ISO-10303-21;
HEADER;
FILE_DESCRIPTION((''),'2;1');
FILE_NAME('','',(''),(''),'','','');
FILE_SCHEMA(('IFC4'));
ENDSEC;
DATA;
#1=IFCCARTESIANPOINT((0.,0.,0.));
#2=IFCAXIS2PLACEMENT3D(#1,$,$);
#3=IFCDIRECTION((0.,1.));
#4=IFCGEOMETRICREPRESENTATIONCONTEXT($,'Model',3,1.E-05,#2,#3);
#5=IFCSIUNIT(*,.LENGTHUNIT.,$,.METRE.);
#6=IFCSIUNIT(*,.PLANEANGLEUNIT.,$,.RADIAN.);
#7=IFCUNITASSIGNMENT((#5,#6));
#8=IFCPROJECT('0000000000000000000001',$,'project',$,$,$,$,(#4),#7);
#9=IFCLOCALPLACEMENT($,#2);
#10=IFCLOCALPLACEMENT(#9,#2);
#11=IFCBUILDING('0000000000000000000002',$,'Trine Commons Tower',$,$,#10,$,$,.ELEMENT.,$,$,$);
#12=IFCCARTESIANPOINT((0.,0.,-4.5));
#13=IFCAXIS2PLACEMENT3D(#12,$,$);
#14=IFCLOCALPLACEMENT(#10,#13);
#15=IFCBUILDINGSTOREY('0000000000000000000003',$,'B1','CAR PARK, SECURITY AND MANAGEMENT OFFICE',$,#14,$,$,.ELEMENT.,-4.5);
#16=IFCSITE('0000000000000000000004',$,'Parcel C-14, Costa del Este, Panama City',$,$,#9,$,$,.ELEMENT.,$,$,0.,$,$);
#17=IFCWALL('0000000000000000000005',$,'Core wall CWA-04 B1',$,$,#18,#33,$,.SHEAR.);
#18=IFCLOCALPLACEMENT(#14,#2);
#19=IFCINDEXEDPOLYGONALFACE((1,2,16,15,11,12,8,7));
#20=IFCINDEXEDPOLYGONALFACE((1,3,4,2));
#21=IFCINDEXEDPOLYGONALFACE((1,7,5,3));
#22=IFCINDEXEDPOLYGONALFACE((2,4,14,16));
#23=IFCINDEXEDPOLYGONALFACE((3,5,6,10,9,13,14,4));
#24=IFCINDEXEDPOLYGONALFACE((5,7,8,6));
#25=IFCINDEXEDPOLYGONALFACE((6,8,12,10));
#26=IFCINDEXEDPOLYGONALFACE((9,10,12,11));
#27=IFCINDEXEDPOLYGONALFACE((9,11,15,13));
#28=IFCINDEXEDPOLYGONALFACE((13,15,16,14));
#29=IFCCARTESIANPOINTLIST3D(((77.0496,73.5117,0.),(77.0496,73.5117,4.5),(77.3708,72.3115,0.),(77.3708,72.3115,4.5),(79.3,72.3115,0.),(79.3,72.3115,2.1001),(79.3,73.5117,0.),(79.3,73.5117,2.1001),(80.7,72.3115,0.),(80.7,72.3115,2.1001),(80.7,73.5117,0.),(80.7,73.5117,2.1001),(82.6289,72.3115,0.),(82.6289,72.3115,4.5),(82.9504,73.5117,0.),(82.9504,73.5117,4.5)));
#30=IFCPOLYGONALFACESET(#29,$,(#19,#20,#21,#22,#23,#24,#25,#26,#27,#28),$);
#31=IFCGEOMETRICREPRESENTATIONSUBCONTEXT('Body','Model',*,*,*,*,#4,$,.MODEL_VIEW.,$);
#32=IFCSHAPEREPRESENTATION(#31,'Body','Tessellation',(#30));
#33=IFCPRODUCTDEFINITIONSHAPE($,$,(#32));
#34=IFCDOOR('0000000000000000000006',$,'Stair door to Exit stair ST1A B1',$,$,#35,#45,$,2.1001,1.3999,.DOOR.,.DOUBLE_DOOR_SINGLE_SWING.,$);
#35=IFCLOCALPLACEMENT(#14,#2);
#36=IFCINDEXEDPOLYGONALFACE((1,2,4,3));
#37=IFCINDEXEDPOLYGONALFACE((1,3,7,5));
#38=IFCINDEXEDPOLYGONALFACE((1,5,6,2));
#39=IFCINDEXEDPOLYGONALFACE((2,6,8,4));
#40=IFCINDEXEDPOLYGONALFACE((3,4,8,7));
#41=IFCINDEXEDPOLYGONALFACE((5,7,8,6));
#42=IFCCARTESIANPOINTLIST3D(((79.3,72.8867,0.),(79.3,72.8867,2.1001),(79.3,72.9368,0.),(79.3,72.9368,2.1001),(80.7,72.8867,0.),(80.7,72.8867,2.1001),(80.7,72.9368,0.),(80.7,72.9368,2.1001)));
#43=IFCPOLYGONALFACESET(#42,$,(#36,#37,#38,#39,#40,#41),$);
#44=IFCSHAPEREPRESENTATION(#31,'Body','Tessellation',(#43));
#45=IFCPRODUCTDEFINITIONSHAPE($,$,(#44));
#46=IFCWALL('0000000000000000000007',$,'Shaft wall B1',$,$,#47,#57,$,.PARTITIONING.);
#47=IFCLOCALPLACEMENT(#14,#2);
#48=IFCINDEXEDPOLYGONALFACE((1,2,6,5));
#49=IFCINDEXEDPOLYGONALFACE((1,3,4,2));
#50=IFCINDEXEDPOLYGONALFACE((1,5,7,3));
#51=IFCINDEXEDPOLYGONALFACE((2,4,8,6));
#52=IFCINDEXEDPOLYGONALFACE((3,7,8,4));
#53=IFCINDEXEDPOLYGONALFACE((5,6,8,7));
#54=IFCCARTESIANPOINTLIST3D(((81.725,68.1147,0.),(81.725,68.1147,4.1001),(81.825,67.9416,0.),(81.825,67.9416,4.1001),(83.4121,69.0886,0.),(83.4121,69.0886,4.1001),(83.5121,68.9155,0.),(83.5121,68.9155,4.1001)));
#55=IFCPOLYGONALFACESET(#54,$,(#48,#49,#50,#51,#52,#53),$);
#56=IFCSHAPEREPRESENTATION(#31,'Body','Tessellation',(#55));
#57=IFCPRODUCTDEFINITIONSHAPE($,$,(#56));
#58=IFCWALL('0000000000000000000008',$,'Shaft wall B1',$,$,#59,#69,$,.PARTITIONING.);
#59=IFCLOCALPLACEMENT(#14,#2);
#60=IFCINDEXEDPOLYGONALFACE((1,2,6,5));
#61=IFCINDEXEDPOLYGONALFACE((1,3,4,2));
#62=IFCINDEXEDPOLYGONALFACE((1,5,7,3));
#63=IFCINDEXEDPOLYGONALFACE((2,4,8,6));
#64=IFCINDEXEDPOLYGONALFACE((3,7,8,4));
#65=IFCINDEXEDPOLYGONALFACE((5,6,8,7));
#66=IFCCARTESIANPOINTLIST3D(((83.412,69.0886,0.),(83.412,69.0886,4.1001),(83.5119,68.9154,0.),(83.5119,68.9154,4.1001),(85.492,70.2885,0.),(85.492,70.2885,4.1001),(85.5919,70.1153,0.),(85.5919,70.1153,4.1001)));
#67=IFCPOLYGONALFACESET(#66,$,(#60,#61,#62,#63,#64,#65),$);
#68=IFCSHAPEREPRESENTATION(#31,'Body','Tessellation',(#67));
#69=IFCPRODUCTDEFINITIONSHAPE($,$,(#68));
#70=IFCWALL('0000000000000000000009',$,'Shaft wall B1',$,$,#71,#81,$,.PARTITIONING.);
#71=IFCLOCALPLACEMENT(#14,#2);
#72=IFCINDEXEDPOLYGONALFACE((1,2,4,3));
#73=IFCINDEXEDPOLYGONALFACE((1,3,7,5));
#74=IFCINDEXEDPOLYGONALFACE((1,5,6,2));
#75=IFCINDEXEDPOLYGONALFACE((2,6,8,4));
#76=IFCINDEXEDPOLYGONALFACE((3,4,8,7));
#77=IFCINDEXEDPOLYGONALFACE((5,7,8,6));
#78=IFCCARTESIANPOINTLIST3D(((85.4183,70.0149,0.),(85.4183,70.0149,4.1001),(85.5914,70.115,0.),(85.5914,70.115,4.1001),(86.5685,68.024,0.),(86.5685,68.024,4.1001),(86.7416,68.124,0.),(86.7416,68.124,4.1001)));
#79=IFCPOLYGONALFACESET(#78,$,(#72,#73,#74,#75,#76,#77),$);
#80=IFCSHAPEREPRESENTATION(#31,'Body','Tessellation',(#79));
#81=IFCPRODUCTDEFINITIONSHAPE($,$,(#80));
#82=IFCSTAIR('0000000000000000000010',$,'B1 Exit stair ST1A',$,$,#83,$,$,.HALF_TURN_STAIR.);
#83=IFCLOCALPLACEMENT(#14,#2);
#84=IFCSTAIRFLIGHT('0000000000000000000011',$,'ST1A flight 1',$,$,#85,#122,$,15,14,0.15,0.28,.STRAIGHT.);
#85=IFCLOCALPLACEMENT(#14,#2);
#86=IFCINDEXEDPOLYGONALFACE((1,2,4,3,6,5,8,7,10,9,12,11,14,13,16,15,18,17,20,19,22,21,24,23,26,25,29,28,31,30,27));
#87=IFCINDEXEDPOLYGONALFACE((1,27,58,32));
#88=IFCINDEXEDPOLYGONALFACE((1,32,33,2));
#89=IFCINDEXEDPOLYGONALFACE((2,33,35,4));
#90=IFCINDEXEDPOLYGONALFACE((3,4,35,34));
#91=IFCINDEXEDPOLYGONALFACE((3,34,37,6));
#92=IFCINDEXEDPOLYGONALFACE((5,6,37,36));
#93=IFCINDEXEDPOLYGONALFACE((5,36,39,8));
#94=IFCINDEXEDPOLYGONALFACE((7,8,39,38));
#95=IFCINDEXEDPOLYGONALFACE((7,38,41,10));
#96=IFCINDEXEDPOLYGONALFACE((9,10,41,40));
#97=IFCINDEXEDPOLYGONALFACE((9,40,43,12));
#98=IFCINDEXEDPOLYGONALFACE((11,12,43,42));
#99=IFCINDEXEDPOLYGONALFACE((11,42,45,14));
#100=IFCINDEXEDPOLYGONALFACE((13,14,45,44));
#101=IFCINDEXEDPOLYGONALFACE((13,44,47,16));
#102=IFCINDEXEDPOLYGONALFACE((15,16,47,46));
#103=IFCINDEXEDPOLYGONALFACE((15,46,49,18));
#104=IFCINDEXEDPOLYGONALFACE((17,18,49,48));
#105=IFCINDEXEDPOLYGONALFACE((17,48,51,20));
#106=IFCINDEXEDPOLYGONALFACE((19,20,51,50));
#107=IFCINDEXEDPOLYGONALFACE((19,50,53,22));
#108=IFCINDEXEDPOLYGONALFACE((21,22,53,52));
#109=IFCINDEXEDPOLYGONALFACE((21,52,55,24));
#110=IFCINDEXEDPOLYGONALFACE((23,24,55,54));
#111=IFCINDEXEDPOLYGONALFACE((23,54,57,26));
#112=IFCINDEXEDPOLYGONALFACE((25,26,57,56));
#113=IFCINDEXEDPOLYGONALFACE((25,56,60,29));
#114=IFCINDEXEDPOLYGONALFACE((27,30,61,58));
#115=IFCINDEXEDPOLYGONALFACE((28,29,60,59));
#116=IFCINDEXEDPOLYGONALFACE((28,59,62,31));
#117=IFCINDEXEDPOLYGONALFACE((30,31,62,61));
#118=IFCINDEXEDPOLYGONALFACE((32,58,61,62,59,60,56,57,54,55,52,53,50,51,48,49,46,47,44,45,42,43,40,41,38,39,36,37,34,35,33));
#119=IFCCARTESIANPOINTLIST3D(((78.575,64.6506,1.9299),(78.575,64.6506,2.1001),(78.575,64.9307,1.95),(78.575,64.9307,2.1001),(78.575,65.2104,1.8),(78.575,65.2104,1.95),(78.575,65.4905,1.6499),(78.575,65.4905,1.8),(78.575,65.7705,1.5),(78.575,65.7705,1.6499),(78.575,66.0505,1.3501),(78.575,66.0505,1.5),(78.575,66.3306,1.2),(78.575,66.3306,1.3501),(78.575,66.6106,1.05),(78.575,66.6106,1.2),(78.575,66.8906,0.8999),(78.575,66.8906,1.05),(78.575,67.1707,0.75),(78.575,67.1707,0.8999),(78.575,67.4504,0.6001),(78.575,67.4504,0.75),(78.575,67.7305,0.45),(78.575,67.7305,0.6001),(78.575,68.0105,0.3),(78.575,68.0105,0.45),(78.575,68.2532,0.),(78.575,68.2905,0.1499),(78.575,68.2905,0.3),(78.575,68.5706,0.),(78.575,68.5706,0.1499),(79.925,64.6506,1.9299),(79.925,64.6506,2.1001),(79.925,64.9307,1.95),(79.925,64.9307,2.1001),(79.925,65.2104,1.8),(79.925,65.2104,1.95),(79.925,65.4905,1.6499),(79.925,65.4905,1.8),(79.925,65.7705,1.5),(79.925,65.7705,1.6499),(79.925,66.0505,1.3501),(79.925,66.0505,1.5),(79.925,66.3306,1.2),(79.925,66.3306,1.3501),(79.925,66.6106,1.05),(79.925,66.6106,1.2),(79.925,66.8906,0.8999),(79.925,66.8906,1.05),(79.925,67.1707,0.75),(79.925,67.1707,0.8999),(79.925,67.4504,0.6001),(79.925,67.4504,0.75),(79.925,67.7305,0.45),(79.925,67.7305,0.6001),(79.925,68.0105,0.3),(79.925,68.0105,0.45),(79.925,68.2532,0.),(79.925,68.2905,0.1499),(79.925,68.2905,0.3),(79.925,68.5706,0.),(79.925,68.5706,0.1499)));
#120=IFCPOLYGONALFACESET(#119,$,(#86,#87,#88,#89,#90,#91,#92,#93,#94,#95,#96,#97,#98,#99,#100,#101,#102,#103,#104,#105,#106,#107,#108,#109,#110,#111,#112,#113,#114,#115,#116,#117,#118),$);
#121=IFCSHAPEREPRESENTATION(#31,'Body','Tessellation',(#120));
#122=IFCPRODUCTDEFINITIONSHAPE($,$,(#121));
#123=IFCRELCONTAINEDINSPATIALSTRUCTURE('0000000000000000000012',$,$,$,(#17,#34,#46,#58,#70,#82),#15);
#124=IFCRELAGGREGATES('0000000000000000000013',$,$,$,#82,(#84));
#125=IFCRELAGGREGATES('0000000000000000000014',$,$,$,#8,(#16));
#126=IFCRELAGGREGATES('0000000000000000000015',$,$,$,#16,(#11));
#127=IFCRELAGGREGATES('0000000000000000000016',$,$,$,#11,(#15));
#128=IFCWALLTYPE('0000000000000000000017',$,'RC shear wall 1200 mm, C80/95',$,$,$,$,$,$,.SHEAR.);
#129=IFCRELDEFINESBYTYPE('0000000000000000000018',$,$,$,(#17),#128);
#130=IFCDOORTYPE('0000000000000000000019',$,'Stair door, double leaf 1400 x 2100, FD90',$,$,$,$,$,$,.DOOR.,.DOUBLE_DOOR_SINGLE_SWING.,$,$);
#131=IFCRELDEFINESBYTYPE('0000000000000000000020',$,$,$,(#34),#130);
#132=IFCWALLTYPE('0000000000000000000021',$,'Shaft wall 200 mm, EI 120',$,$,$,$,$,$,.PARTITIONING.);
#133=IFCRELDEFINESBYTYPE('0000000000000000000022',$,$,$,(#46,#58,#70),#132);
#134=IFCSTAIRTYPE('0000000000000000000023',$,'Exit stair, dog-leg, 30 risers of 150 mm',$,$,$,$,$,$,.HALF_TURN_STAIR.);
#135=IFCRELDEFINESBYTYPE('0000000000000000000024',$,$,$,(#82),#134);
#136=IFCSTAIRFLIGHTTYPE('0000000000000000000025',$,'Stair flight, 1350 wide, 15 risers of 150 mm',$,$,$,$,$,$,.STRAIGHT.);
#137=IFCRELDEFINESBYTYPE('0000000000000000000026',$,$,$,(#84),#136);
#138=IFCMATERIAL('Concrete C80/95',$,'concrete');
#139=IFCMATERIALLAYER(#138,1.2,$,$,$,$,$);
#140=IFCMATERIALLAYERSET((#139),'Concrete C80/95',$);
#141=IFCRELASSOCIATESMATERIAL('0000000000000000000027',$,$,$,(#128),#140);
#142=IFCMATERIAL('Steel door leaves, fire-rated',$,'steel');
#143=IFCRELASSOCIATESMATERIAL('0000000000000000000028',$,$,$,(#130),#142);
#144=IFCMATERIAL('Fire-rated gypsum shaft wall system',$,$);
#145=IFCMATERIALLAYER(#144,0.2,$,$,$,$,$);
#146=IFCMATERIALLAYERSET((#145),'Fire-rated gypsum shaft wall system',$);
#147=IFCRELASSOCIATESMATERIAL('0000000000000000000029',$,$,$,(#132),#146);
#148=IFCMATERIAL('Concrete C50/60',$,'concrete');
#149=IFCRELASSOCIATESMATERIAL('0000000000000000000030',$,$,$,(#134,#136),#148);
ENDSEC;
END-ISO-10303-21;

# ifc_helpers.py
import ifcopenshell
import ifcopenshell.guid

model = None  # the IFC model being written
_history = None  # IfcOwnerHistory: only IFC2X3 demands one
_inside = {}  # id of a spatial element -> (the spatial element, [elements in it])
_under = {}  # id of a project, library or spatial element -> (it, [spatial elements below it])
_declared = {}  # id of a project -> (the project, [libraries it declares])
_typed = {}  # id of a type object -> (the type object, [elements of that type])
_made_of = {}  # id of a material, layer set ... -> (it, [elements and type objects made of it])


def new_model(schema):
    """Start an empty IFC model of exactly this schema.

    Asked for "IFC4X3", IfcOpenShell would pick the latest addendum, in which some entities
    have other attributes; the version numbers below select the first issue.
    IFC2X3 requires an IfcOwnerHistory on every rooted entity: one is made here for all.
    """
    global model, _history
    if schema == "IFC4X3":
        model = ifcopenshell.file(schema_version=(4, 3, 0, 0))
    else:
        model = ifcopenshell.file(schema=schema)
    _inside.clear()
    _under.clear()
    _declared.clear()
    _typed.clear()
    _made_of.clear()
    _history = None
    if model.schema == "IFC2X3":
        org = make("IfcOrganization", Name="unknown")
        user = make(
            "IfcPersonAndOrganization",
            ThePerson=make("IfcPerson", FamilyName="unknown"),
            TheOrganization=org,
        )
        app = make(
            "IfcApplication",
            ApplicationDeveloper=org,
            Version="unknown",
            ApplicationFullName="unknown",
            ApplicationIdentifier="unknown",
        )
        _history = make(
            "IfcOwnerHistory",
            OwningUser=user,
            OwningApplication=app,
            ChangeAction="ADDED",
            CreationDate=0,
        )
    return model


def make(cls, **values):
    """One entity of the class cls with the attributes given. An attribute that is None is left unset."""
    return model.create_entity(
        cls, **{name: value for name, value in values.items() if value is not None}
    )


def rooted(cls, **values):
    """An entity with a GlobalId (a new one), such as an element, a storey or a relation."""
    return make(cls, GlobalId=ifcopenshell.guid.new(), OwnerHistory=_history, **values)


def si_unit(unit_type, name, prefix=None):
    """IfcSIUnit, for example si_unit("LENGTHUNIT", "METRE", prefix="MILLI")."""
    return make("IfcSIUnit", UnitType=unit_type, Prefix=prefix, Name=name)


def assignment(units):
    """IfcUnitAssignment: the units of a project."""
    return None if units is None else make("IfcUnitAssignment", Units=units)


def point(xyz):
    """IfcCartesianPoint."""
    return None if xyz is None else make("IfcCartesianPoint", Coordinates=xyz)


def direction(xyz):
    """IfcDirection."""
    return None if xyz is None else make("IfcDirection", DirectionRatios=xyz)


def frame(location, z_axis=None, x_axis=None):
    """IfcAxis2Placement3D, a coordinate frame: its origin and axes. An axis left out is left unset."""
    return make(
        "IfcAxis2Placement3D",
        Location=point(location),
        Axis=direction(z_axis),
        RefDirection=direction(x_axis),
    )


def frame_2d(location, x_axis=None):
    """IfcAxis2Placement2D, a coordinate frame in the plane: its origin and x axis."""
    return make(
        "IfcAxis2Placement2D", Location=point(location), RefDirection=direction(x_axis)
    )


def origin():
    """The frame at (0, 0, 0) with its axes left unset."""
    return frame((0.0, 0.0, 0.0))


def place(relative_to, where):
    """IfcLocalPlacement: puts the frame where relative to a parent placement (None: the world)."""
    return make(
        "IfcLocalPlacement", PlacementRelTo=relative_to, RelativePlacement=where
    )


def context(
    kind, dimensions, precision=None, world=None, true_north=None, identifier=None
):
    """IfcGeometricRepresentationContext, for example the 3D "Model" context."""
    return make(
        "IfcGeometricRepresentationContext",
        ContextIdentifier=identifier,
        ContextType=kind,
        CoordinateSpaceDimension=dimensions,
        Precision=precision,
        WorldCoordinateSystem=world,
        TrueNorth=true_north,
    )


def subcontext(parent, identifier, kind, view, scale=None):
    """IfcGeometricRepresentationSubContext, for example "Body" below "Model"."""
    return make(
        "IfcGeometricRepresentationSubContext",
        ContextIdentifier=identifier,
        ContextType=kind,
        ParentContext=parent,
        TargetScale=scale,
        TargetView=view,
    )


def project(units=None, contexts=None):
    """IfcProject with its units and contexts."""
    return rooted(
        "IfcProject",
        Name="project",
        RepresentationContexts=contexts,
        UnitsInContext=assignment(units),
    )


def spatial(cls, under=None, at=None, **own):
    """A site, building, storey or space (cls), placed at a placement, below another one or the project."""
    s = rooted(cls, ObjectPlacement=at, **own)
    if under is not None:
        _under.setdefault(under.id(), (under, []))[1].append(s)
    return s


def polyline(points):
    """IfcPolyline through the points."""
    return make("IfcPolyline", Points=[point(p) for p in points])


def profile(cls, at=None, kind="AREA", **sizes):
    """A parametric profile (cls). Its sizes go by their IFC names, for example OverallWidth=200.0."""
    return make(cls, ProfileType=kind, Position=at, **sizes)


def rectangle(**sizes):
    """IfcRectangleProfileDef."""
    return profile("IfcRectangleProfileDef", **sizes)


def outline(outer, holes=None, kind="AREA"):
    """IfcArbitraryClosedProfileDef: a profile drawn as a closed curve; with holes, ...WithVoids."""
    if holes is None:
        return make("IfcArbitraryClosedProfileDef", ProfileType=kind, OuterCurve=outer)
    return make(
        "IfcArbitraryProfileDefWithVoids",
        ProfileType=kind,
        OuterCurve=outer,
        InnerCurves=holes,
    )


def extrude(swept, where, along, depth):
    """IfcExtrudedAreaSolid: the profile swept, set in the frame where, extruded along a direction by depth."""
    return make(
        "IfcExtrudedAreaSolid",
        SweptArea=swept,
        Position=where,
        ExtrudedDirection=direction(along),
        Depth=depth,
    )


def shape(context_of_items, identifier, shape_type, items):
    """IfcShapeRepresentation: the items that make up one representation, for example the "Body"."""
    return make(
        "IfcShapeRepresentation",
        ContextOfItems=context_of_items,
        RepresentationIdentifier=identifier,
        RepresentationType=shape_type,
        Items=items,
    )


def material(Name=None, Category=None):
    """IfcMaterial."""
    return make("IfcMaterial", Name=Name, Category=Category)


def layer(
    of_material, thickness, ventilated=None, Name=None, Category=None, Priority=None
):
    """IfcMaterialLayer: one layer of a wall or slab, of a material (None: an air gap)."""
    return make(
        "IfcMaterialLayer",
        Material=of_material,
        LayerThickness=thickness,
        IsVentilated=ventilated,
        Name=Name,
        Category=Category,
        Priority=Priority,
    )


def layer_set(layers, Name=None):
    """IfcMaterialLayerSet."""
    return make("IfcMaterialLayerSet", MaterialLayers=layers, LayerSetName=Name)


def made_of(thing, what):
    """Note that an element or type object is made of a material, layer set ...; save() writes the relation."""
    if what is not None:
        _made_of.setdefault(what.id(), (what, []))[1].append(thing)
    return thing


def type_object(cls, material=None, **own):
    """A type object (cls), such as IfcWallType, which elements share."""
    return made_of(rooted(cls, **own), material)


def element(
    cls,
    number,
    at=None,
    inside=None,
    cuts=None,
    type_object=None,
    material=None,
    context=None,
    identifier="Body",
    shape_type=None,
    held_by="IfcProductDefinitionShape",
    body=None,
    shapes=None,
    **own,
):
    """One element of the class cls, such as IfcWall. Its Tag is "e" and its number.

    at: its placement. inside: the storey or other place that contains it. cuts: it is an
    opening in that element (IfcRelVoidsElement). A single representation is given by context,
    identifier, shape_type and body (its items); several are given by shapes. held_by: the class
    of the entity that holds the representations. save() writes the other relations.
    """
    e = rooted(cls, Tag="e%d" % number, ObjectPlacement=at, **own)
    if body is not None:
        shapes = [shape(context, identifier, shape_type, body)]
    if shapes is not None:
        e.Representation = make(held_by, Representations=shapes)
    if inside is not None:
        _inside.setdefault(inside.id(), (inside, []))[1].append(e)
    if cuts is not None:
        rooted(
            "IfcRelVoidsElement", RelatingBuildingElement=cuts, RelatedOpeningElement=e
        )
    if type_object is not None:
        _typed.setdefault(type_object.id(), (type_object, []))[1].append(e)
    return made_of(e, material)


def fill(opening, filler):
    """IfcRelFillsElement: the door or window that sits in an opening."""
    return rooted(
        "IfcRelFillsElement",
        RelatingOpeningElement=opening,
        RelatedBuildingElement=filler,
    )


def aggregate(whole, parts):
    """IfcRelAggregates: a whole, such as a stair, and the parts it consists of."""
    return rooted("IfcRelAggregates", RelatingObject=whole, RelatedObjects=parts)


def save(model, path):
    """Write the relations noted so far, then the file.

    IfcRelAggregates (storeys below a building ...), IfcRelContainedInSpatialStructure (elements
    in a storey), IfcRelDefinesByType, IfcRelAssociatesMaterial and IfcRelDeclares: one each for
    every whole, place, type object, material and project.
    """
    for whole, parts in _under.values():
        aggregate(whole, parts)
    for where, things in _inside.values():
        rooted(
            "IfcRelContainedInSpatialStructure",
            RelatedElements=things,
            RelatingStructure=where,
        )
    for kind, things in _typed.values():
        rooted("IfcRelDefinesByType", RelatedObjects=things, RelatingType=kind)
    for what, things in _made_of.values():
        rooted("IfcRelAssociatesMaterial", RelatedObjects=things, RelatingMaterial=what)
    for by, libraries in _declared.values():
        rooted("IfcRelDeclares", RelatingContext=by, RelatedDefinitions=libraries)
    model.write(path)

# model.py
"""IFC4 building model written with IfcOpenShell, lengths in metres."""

from ifc_helpers import new_model, si_unit, direction, frame, frame_2d, origin, place, context, subcontext, project, spatial, polyline, rectangle, outline, extrude, material, layer, layer_set, type_object, element, fill, aggregate, save


model = new_model("IFC4")

# Units and contexts
model_context = context("Model", 3, precision=1e-05, world=origin(), true_north=direction((0.0, 1.0)))
body_context = subcontext(model_context, "Body", "Model", "MODEL_VIEW")
ifc_project = project(units=[si_unit("LENGTHUNIT", "METRE"), si_unit("PLANEANGLEUNIT", "RADIAN")], contexts=[model_context])

# Site, building, storey
site_placement = place(None, origin())
site = spatial("IfcSite", under=ifc_project, at=site_placement, Name="Parcel C-14, Costa del Este, Panama City", CompositionType="ELEMENT", RefElevation=0.0)
building_placement = place(site_placement, origin())
building = spatial("IfcBuilding", under=site, at=building_placement, Name="Trine Commons Tower", CompositionType="ELEMENT")
storey_placement = place(building_placement, frame((0.0, 0.0, -4.5)))
storey = spatial("IfcBuildingStorey", under=building, at=storey_placement, Name="B1", Description="CAR PARK, SECURITY AND MANAGEMENT OFFICE", CompositionType="ELEMENT", Elevation=-4.5)

# Shared definitions
ifc_material_1 = material(Name="Concrete C50/60", Category="concrete")
ifc_material_2 = material(Name="Concrete C80/95", Category="concrete")

# Wall, opening, door
ifc_layer_1 = layer(ifc_material_2, 1.2)
ifc_layer_set_1 = layer_set([ifc_layer_1], Name="Concrete C80/95")
wall_type_1 = type_object("IfcWallType", Name="RC shear wall 1200 mm, C80/95", PredefinedType="SHEAR", material=ifc_layer_set_1)
wall_1_placement = place(storey_placement, frame((82.9504, 72.9116, 0.0), z_axis=(0.0, 0.0, 1.0), x_axis=(-1.0, 0.0, 0.0)))
wall_1 = element("IfcWall", 1, at=wall_1_placement, inside=storey, type_object=wall_type_1, Name="Core wall CWA-04 B1", PredefinedType="SHEAR", context=body_context, shape_type="SweptSolid", body=[
    extrude(outline(polyline([(0.0, -0.6001), (5.9009, -0.6001), (5.5796, 0.6001), (0.3215, 0.6001), (0.0, -0.6001)])), origin(), (0.0, 0.0, 1.0), 4.5),
])
opening_1_placement = place(wall_1_placement, frame((2.2505, 0.0, 0.0)))
opening_1 = element("IfcOpeningElement", 2, at=opening_1_placement, cuts=wall_1, PredefinedType="OPENING", context=body_context, shape_type="SweptSolid", body=[
    extrude(rectangle(XDim=1.3999, YDim=2.1001, at=frame_2d((0.7, 1.05))), frame((0.0, 0.6099, 0.0), z_axis=(0.0, -1.0, 0.0), x_axis=(1.0, 0.0, 0.0)), (0.0, 0.0, 1.0), 1.22),
])
ifc_material_3 = material(Name="Steel door leaves, fire-rated", Category="steel")
door_type_1 = type_object("IfcDoorType", Name="Stair door, double leaf 1400 x 2100, FD90", OperationType="DOUBLE_DOOR_SINGLE_SWING", PredefinedType="DOOR", material=ifc_material_3)
door_1_placement = place(opening_1_placement, origin())
door_1 = element("IfcDoor", 3, at=door_1_placement, inside=storey, type_object=door_type_1, Name="Stair door to Exit stair ST1A B1", OperationType="DOUBLE_DOOR_SINGLE_SWING", OverallHeight=2.1001, OverallWidth=1.3999, PredefinedType="DOOR", context=body_context, shape_type="SweptSolid", body=[
    extrude(rectangle(XDim=1.3999, YDim=2.1001, at=frame_2d((0.7, 1.05))), frame((0.0, 0.0249, 0.0), z_axis=(0.0, -1.0, 0.0), x_axis=(1.0, 0.0, 0.0)), (0.0, 0.0, 1.0), 0.05),
])
fill(opening_1, door_1)

# Walls
ifc_material_4 = material(Name="Fire-rated gypsum shaft wall system")
ifc_layer_2 = layer(ifc_material_4, 0.2)
ifc_layer_set_2 = layer_set([ifc_layer_2], Name="Fire-rated gypsum shaft wall system")
wall_type_2 = type_object("IfcWallType", Name="Shaft wall 200 mm, EI 120", PredefinedType="PARTITIONING", material=ifc_layer_set_2)
wall_2_placement = place(storey_placement, frame((81.7749, 68.0281, 0.0), z_axis=(0.0, 0.0, 1.0), x_axis=(0.866052, 0.499954, 0.0)))
element("IfcWall", 4, at=wall_2_placement, inside=storey, type_object=wall_type_2, Name="Shaft wall B1", PredefinedType="PARTITIONING", context=body_context, shape_type="SweptSolid", body=[
    extrude(rectangle(XDim=1.948, YDim=0.2, at=frame_2d((0.9741, 0.0))), origin(), (0.0, 0.0, 1.0), 4.1001),
])
wall_3_placement = place(storey_placement, frame((83.4619, 69.002, 0.0), z_axis=(0.0, 0.0, 1.0), x_axis=(0.866203, 0.499693, 0.0)))
element("IfcWall", 5, at=wall_3_placement, inside=storey, type_object=wall_type_2, Name="Shaft wall B1", PredefinedType="PARTITIONING", context=body_context, shape_type="SweptSolid", body=[
    extrude(rectangle(XDim=2.4014, YDim=0.2, at=frame_2d((1.2007, 0.0))), origin(), (0.0, 0.0, 1.0), 4.1001),
])
wall_4_placement = place(storey_placement, frame((86.655, 68.074, 0.0), z_axis=(0.0, 0.0, 1.0), x_axis=(-0.500216, 0.865901, 0.0)))
element("IfcWall", 6, at=wall_4_placement, inside=storey, type_object=wall_type_2, Name="Shaft wall B1", PredefinedType="PARTITIONING", context=body_context, shape_type="SweptSolid", body=[
    extrude(rectangle(XDim=2.2993, YDim=0.2, at=frame_2d((1.1497, 0.0))), origin(), (0.0, 0.0, 1.0), 4.1001),
])

# Stair, stair flight
stair_type = type_object("IfcStairType", Name="Exit stair, dog-leg, 30 risers of 150 mm", PredefinedType="HALF_TURN_STAIR", material=ifc_material_1)
stair_placement = place(storey_placement, origin())
stair = element("IfcStair", 7, at=stair_placement, inside=storey, type_object=stair_type, Name="B1 Exit stair ST1A", PredefinedType="HALF_TURN_STAIR")
stair_flight_type = type_object("IfcStairFlightType", Name="Stair flight, 1350 wide, 15 risers of 150 mm", PredefinedType="STRAIGHT", material=ifc_material_1)
stair_flight_placement = place(storey_placement, frame((79.25, 68.5706, 0.0), z_axis=(0.0, 0.0, 1.0), x_axis=(0.0, -1.0, 0.0)))
stair_flight = element("IfcStairFlight", 8, at=stair_flight_placement, type_object=stair_flight_type, Name="ST1A flight 1", NumberOfRisers=15, NumberOfTreads=14, PredefinedType="STRAIGHT", RiserHeight=0.15, TreadLength=0.28, context=body_context, shape_type="SweptSolid", body=[
    extrude(outline(polyline([(0.0, 0.0), (0.0, 0.1499), (0.28, 0.1499), (0.28, 0.3), (0.5601, 0.3), (0.5601, 0.45), (0.8401, 0.45), (0.8401, 0.6001), (1.1201, 0.6001), (1.1201, 0.75), (1.3999, 0.75), (1.3999, 0.8999), (1.6799, 0.8999), (1.6799, 1.05), (1.96, 1.05), (1.96, 1.2), (2.24, 1.2), (2.24, 1.3501), (2.52, 1.3501), (2.52, 1.5), (2.8, 1.5), (2.8, 1.6499), (3.0801, 1.6499), (3.0801, 1.8), (3.3601, 1.8), (3.3601, 1.95), (3.6399, 1.95), (3.6399, 2.1001), (3.9199, 2.1001), (3.9199, 2.25), (3.9199, 1.9299), (0.3174, 0.0), (0.0, 0.0)])), frame((0.0, 0.675, 0.0), z_axis=(0.0, -1.0, 0.0), x_axis=(1.0, 0.0, 0.0)), (0.0, 0.0, 1.0), 1.3501),
])
aggregate(stair, [stair_flight])

save(model, "model.ifc")
